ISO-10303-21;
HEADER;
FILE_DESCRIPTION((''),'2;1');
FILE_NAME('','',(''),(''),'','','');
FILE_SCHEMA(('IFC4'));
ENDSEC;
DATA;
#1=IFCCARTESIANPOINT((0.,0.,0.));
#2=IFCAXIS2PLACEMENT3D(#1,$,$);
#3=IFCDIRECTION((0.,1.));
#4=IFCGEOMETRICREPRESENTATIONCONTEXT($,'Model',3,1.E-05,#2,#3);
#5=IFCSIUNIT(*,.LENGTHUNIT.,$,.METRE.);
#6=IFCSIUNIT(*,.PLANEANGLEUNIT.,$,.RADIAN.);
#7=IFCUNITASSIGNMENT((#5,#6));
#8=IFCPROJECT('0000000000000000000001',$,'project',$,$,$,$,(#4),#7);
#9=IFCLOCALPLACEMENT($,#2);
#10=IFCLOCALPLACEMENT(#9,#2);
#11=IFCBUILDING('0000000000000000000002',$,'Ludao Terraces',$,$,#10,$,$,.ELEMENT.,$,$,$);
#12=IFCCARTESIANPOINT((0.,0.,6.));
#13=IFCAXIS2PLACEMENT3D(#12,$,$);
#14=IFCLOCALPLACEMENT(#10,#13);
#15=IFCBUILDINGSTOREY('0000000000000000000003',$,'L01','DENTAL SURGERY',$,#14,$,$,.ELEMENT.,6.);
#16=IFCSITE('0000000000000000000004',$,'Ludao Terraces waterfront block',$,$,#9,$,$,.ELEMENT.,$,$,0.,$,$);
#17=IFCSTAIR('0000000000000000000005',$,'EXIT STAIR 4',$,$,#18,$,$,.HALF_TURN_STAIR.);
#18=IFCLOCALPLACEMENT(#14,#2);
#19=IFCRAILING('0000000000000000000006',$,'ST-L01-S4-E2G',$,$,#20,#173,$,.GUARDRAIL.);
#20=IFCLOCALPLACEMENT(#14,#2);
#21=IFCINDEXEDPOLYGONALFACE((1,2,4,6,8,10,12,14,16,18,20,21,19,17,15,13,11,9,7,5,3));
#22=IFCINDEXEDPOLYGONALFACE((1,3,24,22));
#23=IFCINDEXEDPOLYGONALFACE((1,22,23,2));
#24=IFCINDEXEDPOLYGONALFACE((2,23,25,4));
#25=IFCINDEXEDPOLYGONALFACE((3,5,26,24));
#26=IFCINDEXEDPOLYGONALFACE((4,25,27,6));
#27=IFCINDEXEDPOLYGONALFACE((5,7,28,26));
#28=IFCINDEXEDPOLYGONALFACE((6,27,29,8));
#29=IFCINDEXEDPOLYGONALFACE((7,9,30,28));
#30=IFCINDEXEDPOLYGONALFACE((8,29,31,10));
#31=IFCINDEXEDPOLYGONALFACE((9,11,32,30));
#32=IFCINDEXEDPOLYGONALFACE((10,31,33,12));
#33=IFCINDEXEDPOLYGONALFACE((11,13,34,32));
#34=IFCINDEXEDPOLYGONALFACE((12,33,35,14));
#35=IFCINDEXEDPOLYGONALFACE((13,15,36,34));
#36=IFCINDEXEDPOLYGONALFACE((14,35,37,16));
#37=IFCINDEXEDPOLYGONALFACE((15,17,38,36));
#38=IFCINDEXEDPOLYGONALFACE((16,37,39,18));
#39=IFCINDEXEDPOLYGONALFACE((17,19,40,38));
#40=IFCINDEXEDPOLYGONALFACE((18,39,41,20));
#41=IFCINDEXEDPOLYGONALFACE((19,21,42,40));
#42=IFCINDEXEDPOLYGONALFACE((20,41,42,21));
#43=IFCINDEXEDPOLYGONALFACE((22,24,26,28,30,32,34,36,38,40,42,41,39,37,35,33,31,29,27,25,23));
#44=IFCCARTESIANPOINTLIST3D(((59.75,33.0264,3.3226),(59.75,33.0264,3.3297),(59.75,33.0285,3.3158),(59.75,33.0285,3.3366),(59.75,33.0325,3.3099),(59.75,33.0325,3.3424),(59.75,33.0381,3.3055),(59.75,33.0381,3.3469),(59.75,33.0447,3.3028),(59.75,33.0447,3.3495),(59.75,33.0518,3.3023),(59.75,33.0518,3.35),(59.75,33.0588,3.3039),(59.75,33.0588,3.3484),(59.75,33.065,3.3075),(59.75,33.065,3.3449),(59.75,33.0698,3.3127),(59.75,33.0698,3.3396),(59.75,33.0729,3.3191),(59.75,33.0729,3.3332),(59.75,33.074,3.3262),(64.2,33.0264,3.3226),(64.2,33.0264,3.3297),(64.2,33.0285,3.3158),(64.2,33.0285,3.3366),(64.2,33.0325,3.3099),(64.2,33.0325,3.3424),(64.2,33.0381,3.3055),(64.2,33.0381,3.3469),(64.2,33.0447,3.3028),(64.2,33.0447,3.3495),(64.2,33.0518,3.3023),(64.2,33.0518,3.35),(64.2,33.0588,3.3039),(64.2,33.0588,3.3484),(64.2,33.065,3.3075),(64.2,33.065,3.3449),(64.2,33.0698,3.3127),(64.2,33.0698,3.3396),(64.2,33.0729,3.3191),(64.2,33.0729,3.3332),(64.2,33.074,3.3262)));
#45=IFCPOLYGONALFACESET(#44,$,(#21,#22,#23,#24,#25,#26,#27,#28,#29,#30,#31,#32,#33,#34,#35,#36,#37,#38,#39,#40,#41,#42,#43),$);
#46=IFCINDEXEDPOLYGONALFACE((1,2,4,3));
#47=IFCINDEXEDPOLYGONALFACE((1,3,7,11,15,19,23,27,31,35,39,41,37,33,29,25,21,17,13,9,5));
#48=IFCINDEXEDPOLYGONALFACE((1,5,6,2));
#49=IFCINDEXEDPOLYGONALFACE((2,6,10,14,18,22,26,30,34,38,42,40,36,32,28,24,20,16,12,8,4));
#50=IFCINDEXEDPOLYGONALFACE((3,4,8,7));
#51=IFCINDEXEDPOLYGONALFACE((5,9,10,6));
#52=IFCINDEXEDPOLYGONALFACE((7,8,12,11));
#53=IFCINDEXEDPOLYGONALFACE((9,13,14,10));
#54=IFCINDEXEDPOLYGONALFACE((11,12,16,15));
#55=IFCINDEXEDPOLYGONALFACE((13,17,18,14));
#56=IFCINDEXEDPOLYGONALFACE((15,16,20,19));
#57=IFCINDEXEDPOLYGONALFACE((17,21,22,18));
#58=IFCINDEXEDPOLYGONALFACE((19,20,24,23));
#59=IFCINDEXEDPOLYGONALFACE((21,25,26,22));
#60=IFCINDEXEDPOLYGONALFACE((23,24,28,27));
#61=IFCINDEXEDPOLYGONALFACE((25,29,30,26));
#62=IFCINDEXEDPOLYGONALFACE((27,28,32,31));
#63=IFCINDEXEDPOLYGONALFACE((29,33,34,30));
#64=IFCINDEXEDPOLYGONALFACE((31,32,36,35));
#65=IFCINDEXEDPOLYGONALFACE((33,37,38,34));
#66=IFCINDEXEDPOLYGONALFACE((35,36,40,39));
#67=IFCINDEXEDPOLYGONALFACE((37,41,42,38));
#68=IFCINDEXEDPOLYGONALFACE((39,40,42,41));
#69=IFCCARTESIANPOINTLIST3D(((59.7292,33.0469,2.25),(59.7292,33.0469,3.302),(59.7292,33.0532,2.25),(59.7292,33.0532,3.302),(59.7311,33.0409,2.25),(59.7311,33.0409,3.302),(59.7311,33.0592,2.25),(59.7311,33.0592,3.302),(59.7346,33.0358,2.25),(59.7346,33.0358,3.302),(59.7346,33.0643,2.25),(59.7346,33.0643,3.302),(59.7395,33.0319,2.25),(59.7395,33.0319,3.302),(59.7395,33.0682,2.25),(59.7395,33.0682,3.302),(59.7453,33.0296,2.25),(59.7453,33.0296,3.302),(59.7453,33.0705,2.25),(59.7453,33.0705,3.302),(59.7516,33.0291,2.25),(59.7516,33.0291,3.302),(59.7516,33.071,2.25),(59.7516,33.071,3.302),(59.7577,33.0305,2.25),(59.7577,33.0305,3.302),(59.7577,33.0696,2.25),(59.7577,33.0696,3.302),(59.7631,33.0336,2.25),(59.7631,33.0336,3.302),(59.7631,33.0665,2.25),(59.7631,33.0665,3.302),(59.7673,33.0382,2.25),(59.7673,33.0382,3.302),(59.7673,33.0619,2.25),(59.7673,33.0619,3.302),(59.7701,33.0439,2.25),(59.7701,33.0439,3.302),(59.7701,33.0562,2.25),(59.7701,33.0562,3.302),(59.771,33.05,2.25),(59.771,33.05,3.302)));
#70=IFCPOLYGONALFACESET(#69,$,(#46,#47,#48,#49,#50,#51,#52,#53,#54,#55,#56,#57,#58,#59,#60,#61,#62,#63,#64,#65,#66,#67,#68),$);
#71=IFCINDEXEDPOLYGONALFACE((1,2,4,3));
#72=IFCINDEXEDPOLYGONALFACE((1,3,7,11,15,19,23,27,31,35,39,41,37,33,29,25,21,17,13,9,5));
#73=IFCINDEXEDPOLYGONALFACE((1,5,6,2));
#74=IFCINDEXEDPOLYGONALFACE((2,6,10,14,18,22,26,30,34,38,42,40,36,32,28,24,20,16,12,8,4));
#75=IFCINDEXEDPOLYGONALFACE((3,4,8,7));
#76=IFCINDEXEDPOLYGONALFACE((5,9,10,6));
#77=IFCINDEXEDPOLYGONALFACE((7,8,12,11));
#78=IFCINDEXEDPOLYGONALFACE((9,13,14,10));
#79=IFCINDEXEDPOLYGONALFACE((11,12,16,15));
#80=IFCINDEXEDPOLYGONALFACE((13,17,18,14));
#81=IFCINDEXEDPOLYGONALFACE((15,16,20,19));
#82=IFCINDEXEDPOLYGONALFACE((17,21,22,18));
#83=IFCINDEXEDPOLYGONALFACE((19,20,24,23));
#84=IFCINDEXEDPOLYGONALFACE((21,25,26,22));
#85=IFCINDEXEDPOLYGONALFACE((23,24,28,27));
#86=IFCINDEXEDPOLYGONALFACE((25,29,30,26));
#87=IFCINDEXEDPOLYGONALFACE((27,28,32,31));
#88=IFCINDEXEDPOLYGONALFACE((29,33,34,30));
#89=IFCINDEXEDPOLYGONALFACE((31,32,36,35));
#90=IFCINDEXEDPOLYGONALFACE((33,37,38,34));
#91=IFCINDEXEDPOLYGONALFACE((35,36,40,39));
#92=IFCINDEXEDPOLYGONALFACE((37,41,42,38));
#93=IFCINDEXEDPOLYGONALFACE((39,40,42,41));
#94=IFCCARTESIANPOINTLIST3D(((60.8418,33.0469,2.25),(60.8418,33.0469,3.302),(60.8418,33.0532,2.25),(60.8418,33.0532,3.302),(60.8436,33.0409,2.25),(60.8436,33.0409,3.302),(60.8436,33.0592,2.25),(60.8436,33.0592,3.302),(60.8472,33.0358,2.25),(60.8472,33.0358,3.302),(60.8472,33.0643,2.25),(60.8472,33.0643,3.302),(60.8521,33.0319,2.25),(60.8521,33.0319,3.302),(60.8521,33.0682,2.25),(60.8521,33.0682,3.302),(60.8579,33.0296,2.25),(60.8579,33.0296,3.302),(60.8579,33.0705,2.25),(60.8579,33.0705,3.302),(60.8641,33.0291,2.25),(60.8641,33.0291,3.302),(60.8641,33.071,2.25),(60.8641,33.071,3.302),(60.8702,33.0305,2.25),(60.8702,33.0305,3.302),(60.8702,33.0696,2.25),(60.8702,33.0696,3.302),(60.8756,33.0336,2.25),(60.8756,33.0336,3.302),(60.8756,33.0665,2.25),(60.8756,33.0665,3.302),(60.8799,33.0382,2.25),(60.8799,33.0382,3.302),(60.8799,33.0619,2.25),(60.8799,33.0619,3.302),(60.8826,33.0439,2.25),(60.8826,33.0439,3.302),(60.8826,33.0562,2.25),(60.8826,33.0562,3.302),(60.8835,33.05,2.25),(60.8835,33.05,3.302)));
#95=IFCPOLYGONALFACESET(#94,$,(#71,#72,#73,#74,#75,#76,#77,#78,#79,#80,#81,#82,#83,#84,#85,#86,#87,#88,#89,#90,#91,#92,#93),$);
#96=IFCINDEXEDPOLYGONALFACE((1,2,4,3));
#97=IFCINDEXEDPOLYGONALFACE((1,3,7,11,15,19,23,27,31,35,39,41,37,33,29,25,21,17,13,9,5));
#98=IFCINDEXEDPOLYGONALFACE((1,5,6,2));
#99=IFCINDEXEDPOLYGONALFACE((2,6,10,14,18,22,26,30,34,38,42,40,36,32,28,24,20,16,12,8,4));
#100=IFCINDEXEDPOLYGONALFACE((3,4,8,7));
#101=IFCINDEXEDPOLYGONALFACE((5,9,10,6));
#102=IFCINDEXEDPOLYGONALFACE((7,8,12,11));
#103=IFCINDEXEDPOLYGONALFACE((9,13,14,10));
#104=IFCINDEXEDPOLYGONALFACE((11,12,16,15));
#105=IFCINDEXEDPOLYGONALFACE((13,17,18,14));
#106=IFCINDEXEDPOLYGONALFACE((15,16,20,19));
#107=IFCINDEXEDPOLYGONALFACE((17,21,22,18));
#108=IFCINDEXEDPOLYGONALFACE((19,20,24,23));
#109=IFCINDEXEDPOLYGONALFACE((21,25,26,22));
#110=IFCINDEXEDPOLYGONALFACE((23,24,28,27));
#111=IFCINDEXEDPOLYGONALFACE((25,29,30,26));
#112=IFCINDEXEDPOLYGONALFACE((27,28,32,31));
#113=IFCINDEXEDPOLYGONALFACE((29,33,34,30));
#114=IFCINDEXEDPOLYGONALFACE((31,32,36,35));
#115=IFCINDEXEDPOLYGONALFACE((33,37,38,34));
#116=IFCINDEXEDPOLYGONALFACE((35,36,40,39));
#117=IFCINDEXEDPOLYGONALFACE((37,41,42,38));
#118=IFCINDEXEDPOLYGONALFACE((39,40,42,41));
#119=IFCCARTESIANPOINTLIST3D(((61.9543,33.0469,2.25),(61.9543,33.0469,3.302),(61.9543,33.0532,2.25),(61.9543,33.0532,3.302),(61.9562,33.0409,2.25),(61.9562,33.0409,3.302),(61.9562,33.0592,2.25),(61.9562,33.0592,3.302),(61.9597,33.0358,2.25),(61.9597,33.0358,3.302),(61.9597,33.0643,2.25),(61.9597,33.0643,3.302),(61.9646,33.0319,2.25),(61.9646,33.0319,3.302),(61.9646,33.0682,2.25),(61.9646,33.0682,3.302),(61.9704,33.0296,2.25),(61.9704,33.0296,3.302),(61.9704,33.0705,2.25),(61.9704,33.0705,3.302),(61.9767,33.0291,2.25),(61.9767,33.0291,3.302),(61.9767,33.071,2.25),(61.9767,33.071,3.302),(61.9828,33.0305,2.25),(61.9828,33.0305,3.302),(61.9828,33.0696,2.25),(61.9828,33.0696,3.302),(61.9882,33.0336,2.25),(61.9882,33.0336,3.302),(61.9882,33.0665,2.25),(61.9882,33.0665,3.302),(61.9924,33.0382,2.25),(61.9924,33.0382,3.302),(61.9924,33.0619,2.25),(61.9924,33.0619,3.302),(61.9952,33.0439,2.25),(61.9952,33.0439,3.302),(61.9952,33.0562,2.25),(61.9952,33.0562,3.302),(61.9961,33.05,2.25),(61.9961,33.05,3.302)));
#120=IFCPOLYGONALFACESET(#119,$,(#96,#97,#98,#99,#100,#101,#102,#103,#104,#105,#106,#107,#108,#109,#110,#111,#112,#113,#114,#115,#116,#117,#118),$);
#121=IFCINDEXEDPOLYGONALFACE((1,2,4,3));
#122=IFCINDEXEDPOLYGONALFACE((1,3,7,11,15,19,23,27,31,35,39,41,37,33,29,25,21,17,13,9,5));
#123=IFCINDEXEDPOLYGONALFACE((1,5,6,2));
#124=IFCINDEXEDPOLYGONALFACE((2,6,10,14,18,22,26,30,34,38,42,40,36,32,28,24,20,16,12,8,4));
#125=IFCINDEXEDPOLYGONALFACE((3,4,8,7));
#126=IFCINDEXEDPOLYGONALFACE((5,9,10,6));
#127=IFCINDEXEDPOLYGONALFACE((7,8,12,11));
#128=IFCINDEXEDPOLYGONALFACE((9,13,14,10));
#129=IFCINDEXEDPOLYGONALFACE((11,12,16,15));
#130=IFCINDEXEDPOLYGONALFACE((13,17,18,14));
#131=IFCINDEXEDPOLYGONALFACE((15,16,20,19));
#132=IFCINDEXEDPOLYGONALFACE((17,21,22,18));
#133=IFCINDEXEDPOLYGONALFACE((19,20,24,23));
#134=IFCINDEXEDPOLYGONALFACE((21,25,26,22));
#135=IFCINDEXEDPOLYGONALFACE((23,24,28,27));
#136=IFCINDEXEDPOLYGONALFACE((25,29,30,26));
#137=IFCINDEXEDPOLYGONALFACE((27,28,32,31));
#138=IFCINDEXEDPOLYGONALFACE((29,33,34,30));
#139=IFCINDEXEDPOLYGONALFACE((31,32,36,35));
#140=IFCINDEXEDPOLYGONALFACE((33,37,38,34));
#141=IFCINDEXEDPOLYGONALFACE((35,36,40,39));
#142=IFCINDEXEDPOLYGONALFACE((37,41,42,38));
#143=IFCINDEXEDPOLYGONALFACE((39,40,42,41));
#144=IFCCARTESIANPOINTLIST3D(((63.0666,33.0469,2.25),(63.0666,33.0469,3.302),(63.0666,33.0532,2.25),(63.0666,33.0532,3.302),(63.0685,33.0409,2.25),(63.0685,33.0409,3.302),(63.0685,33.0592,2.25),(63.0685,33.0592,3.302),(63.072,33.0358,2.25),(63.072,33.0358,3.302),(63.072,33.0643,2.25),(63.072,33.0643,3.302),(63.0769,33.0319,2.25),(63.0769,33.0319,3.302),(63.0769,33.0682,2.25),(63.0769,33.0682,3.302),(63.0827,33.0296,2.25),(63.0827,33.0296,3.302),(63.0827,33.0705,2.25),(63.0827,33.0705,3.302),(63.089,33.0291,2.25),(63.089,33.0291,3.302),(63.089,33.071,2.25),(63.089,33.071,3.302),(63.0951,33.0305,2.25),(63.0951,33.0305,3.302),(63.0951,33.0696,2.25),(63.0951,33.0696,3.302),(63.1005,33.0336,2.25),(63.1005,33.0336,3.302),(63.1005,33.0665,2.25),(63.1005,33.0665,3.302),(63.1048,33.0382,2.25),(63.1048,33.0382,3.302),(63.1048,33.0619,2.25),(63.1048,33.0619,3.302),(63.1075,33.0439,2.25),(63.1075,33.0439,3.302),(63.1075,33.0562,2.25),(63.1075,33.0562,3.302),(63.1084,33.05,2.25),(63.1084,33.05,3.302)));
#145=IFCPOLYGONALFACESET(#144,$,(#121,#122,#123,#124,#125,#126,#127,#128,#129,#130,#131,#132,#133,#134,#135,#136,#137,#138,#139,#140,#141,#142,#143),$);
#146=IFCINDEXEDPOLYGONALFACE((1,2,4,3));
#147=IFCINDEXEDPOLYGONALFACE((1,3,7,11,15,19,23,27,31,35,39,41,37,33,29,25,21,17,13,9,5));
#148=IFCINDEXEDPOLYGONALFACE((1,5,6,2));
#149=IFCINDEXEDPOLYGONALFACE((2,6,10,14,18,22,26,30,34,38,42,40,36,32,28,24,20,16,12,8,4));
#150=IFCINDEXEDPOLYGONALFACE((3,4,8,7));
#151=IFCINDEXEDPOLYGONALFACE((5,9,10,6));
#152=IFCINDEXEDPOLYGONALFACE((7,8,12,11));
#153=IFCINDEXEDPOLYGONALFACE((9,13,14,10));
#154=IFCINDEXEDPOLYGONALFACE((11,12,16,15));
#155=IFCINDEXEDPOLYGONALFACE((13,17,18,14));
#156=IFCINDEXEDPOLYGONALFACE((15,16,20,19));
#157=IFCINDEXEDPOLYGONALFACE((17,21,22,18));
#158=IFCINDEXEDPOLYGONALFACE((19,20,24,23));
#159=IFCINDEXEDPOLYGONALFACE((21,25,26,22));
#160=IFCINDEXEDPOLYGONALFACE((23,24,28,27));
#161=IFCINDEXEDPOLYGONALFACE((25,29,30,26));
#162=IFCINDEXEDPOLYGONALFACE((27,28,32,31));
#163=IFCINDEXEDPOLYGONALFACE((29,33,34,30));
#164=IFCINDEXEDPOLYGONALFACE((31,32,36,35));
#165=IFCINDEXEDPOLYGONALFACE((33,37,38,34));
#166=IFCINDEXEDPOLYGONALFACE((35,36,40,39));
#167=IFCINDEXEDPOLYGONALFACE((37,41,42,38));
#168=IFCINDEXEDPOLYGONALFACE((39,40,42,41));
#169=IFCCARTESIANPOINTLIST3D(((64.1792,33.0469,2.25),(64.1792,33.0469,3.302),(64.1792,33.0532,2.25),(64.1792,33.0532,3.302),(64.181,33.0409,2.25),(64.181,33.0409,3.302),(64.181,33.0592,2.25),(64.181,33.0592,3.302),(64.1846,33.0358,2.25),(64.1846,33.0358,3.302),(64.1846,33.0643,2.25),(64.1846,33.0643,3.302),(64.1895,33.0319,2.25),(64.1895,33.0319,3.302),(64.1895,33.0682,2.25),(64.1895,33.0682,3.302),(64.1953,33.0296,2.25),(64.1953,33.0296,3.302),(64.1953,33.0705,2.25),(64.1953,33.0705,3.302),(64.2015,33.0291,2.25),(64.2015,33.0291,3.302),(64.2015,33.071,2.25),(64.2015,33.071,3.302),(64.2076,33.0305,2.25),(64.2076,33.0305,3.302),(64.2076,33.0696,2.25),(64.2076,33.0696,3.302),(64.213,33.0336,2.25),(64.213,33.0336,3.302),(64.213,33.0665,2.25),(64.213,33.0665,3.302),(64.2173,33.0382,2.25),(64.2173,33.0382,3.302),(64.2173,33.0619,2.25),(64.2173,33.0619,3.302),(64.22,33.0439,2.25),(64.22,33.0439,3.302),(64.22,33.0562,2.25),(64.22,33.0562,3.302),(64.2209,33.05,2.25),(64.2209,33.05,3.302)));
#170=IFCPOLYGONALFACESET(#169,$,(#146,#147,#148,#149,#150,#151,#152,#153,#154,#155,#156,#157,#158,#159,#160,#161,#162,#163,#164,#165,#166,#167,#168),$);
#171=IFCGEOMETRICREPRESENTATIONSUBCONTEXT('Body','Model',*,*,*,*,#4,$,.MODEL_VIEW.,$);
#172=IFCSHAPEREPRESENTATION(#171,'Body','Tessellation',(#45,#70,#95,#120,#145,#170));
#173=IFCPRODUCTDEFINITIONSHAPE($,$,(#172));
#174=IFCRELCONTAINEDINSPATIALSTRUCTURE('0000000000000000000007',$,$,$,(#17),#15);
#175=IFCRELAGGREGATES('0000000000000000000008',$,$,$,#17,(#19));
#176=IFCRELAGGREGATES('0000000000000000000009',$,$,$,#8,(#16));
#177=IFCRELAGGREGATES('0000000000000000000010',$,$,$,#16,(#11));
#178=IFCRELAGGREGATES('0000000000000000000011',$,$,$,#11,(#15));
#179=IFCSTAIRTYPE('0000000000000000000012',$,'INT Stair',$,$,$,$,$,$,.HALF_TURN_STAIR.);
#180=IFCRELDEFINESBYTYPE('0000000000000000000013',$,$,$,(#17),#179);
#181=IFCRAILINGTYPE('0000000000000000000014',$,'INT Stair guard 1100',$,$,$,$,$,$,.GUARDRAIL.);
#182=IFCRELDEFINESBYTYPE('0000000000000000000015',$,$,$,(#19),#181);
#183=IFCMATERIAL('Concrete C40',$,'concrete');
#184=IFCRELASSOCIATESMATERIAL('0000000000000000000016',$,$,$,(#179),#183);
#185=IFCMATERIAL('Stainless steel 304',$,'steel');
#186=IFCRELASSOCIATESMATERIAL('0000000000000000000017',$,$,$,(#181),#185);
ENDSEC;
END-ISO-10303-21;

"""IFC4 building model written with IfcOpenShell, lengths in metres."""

from ifc_helpers import new_model, si_unit, direction, frame, origin, origin_2d, place, context, subcontext, project, spatial, circle, extrude, material, type_object, element, aggregate, save


model = new_model("IFC4")

# Units and contexts
model_context = context("Model", 3, precision=1e-05, world=origin(), true_north=direction((0.0, 1.0)))
body_context = subcontext(model_context, "Body", "Model", "MODEL_VIEW")
ifc_project = project(units=[si_unit("LENGTHUNIT", "METRE"), si_unit("PLANEANGLEUNIT", "RADIAN")], contexts=[model_context])

# Site, building, storey
site_placement = place(None, origin())
site = spatial("IfcSite", under=ifc_project, at=site_placement, Name="Ludao Terraces waterfront block", CompositionType="ELEMENT", RefElevation=0.0)
building_placement = place(site_placement, origin())
building = spatial("IfcBuilding", under=site, at=building_placement, Name="Ludao Terraces", CompositionType="ELEMENT")
storey_placement = place(building_placement, frame((0.0, 0.0, 6.0)))
storey = spatial("IfcBuildingStorey", under=building, at=storey_placement, Name="L01", Description="DENTAL SURGERY", CompositionType="ELEMENT", Elevation=6.0)

# Shared definitions
ifc_material_1 = material(Name="Concrete C40", Category="concrete")

# Stair, railing
stair_type = type_object("IfcStairType", Name="INT Stair", PredefinedType="HALF_TURN_STAIR", material=ifc_material_1)
stair_placement = place(storey_placement, origin())
stair = element("IfcStair", 1, at=stair_placement, inside=storey, type_object=stair_type, Name="EXIT STAIR 4", PredefinedType="HALF_TURN_STAIR")
ifc_material_2 = material(Name="Stainless steel 304", Category="steel")
railing_type_1 = type_object("IfcRailingType", Name="INT Stair guard 1100", PredefinedType="GUARDRAIL", material=ifc_material_2)
railing_1_placement = place(storey_placement, frame((59.75, 33.05, 2.25)))
railing_1 = element("IfcRailing", 2, at=railing_1_placement, type_object=railing_type_1, Name="ST-L01-S4-E2G", PredefinedType="GUARDRAIL", context=body_context, shape_type="SweptSolid", body=[
    extrude(circle(Radius=0.0239, at=origin_2d()), frame((0.0, 0.0, 1.0762), z_axis=(1.0, 0.0, 0.0), x_axis=(0.0, 1.0, 0.0)), (0.0, 0.0, 1.0), 4.45),
    extrude(circle(Radius=0.021, at=origin_2d()), origin(), (0.0, 0.0, 1.0), 1.052),
    extrude(circle(Radius=0.021, at=origin_2d()), frame((1.1125, 0.0, 0.0)), (0.0, 0.0, 1.0), 1.052),
    extrude(circle(Radius=0.021, at=origin_2d()), frame((2.2251, 0.0, 0.0)), (0.0, 0.0, 1.0), 1.052),
    extrude(circle(Radius=0.021, at=origin_2d()), frame((3.3374, 0.0, 0.0)), (0.0, 0.0, 1.0), 1.052),
    extrude(circle(Radius=0.021, at=origin_2d()), frame((4.45, 0.0, 0.0)), (0.0, 0.0, 1.0), 1.052),
])
aggregate(stair, [railing_1])

save(model, "model.ifc")
